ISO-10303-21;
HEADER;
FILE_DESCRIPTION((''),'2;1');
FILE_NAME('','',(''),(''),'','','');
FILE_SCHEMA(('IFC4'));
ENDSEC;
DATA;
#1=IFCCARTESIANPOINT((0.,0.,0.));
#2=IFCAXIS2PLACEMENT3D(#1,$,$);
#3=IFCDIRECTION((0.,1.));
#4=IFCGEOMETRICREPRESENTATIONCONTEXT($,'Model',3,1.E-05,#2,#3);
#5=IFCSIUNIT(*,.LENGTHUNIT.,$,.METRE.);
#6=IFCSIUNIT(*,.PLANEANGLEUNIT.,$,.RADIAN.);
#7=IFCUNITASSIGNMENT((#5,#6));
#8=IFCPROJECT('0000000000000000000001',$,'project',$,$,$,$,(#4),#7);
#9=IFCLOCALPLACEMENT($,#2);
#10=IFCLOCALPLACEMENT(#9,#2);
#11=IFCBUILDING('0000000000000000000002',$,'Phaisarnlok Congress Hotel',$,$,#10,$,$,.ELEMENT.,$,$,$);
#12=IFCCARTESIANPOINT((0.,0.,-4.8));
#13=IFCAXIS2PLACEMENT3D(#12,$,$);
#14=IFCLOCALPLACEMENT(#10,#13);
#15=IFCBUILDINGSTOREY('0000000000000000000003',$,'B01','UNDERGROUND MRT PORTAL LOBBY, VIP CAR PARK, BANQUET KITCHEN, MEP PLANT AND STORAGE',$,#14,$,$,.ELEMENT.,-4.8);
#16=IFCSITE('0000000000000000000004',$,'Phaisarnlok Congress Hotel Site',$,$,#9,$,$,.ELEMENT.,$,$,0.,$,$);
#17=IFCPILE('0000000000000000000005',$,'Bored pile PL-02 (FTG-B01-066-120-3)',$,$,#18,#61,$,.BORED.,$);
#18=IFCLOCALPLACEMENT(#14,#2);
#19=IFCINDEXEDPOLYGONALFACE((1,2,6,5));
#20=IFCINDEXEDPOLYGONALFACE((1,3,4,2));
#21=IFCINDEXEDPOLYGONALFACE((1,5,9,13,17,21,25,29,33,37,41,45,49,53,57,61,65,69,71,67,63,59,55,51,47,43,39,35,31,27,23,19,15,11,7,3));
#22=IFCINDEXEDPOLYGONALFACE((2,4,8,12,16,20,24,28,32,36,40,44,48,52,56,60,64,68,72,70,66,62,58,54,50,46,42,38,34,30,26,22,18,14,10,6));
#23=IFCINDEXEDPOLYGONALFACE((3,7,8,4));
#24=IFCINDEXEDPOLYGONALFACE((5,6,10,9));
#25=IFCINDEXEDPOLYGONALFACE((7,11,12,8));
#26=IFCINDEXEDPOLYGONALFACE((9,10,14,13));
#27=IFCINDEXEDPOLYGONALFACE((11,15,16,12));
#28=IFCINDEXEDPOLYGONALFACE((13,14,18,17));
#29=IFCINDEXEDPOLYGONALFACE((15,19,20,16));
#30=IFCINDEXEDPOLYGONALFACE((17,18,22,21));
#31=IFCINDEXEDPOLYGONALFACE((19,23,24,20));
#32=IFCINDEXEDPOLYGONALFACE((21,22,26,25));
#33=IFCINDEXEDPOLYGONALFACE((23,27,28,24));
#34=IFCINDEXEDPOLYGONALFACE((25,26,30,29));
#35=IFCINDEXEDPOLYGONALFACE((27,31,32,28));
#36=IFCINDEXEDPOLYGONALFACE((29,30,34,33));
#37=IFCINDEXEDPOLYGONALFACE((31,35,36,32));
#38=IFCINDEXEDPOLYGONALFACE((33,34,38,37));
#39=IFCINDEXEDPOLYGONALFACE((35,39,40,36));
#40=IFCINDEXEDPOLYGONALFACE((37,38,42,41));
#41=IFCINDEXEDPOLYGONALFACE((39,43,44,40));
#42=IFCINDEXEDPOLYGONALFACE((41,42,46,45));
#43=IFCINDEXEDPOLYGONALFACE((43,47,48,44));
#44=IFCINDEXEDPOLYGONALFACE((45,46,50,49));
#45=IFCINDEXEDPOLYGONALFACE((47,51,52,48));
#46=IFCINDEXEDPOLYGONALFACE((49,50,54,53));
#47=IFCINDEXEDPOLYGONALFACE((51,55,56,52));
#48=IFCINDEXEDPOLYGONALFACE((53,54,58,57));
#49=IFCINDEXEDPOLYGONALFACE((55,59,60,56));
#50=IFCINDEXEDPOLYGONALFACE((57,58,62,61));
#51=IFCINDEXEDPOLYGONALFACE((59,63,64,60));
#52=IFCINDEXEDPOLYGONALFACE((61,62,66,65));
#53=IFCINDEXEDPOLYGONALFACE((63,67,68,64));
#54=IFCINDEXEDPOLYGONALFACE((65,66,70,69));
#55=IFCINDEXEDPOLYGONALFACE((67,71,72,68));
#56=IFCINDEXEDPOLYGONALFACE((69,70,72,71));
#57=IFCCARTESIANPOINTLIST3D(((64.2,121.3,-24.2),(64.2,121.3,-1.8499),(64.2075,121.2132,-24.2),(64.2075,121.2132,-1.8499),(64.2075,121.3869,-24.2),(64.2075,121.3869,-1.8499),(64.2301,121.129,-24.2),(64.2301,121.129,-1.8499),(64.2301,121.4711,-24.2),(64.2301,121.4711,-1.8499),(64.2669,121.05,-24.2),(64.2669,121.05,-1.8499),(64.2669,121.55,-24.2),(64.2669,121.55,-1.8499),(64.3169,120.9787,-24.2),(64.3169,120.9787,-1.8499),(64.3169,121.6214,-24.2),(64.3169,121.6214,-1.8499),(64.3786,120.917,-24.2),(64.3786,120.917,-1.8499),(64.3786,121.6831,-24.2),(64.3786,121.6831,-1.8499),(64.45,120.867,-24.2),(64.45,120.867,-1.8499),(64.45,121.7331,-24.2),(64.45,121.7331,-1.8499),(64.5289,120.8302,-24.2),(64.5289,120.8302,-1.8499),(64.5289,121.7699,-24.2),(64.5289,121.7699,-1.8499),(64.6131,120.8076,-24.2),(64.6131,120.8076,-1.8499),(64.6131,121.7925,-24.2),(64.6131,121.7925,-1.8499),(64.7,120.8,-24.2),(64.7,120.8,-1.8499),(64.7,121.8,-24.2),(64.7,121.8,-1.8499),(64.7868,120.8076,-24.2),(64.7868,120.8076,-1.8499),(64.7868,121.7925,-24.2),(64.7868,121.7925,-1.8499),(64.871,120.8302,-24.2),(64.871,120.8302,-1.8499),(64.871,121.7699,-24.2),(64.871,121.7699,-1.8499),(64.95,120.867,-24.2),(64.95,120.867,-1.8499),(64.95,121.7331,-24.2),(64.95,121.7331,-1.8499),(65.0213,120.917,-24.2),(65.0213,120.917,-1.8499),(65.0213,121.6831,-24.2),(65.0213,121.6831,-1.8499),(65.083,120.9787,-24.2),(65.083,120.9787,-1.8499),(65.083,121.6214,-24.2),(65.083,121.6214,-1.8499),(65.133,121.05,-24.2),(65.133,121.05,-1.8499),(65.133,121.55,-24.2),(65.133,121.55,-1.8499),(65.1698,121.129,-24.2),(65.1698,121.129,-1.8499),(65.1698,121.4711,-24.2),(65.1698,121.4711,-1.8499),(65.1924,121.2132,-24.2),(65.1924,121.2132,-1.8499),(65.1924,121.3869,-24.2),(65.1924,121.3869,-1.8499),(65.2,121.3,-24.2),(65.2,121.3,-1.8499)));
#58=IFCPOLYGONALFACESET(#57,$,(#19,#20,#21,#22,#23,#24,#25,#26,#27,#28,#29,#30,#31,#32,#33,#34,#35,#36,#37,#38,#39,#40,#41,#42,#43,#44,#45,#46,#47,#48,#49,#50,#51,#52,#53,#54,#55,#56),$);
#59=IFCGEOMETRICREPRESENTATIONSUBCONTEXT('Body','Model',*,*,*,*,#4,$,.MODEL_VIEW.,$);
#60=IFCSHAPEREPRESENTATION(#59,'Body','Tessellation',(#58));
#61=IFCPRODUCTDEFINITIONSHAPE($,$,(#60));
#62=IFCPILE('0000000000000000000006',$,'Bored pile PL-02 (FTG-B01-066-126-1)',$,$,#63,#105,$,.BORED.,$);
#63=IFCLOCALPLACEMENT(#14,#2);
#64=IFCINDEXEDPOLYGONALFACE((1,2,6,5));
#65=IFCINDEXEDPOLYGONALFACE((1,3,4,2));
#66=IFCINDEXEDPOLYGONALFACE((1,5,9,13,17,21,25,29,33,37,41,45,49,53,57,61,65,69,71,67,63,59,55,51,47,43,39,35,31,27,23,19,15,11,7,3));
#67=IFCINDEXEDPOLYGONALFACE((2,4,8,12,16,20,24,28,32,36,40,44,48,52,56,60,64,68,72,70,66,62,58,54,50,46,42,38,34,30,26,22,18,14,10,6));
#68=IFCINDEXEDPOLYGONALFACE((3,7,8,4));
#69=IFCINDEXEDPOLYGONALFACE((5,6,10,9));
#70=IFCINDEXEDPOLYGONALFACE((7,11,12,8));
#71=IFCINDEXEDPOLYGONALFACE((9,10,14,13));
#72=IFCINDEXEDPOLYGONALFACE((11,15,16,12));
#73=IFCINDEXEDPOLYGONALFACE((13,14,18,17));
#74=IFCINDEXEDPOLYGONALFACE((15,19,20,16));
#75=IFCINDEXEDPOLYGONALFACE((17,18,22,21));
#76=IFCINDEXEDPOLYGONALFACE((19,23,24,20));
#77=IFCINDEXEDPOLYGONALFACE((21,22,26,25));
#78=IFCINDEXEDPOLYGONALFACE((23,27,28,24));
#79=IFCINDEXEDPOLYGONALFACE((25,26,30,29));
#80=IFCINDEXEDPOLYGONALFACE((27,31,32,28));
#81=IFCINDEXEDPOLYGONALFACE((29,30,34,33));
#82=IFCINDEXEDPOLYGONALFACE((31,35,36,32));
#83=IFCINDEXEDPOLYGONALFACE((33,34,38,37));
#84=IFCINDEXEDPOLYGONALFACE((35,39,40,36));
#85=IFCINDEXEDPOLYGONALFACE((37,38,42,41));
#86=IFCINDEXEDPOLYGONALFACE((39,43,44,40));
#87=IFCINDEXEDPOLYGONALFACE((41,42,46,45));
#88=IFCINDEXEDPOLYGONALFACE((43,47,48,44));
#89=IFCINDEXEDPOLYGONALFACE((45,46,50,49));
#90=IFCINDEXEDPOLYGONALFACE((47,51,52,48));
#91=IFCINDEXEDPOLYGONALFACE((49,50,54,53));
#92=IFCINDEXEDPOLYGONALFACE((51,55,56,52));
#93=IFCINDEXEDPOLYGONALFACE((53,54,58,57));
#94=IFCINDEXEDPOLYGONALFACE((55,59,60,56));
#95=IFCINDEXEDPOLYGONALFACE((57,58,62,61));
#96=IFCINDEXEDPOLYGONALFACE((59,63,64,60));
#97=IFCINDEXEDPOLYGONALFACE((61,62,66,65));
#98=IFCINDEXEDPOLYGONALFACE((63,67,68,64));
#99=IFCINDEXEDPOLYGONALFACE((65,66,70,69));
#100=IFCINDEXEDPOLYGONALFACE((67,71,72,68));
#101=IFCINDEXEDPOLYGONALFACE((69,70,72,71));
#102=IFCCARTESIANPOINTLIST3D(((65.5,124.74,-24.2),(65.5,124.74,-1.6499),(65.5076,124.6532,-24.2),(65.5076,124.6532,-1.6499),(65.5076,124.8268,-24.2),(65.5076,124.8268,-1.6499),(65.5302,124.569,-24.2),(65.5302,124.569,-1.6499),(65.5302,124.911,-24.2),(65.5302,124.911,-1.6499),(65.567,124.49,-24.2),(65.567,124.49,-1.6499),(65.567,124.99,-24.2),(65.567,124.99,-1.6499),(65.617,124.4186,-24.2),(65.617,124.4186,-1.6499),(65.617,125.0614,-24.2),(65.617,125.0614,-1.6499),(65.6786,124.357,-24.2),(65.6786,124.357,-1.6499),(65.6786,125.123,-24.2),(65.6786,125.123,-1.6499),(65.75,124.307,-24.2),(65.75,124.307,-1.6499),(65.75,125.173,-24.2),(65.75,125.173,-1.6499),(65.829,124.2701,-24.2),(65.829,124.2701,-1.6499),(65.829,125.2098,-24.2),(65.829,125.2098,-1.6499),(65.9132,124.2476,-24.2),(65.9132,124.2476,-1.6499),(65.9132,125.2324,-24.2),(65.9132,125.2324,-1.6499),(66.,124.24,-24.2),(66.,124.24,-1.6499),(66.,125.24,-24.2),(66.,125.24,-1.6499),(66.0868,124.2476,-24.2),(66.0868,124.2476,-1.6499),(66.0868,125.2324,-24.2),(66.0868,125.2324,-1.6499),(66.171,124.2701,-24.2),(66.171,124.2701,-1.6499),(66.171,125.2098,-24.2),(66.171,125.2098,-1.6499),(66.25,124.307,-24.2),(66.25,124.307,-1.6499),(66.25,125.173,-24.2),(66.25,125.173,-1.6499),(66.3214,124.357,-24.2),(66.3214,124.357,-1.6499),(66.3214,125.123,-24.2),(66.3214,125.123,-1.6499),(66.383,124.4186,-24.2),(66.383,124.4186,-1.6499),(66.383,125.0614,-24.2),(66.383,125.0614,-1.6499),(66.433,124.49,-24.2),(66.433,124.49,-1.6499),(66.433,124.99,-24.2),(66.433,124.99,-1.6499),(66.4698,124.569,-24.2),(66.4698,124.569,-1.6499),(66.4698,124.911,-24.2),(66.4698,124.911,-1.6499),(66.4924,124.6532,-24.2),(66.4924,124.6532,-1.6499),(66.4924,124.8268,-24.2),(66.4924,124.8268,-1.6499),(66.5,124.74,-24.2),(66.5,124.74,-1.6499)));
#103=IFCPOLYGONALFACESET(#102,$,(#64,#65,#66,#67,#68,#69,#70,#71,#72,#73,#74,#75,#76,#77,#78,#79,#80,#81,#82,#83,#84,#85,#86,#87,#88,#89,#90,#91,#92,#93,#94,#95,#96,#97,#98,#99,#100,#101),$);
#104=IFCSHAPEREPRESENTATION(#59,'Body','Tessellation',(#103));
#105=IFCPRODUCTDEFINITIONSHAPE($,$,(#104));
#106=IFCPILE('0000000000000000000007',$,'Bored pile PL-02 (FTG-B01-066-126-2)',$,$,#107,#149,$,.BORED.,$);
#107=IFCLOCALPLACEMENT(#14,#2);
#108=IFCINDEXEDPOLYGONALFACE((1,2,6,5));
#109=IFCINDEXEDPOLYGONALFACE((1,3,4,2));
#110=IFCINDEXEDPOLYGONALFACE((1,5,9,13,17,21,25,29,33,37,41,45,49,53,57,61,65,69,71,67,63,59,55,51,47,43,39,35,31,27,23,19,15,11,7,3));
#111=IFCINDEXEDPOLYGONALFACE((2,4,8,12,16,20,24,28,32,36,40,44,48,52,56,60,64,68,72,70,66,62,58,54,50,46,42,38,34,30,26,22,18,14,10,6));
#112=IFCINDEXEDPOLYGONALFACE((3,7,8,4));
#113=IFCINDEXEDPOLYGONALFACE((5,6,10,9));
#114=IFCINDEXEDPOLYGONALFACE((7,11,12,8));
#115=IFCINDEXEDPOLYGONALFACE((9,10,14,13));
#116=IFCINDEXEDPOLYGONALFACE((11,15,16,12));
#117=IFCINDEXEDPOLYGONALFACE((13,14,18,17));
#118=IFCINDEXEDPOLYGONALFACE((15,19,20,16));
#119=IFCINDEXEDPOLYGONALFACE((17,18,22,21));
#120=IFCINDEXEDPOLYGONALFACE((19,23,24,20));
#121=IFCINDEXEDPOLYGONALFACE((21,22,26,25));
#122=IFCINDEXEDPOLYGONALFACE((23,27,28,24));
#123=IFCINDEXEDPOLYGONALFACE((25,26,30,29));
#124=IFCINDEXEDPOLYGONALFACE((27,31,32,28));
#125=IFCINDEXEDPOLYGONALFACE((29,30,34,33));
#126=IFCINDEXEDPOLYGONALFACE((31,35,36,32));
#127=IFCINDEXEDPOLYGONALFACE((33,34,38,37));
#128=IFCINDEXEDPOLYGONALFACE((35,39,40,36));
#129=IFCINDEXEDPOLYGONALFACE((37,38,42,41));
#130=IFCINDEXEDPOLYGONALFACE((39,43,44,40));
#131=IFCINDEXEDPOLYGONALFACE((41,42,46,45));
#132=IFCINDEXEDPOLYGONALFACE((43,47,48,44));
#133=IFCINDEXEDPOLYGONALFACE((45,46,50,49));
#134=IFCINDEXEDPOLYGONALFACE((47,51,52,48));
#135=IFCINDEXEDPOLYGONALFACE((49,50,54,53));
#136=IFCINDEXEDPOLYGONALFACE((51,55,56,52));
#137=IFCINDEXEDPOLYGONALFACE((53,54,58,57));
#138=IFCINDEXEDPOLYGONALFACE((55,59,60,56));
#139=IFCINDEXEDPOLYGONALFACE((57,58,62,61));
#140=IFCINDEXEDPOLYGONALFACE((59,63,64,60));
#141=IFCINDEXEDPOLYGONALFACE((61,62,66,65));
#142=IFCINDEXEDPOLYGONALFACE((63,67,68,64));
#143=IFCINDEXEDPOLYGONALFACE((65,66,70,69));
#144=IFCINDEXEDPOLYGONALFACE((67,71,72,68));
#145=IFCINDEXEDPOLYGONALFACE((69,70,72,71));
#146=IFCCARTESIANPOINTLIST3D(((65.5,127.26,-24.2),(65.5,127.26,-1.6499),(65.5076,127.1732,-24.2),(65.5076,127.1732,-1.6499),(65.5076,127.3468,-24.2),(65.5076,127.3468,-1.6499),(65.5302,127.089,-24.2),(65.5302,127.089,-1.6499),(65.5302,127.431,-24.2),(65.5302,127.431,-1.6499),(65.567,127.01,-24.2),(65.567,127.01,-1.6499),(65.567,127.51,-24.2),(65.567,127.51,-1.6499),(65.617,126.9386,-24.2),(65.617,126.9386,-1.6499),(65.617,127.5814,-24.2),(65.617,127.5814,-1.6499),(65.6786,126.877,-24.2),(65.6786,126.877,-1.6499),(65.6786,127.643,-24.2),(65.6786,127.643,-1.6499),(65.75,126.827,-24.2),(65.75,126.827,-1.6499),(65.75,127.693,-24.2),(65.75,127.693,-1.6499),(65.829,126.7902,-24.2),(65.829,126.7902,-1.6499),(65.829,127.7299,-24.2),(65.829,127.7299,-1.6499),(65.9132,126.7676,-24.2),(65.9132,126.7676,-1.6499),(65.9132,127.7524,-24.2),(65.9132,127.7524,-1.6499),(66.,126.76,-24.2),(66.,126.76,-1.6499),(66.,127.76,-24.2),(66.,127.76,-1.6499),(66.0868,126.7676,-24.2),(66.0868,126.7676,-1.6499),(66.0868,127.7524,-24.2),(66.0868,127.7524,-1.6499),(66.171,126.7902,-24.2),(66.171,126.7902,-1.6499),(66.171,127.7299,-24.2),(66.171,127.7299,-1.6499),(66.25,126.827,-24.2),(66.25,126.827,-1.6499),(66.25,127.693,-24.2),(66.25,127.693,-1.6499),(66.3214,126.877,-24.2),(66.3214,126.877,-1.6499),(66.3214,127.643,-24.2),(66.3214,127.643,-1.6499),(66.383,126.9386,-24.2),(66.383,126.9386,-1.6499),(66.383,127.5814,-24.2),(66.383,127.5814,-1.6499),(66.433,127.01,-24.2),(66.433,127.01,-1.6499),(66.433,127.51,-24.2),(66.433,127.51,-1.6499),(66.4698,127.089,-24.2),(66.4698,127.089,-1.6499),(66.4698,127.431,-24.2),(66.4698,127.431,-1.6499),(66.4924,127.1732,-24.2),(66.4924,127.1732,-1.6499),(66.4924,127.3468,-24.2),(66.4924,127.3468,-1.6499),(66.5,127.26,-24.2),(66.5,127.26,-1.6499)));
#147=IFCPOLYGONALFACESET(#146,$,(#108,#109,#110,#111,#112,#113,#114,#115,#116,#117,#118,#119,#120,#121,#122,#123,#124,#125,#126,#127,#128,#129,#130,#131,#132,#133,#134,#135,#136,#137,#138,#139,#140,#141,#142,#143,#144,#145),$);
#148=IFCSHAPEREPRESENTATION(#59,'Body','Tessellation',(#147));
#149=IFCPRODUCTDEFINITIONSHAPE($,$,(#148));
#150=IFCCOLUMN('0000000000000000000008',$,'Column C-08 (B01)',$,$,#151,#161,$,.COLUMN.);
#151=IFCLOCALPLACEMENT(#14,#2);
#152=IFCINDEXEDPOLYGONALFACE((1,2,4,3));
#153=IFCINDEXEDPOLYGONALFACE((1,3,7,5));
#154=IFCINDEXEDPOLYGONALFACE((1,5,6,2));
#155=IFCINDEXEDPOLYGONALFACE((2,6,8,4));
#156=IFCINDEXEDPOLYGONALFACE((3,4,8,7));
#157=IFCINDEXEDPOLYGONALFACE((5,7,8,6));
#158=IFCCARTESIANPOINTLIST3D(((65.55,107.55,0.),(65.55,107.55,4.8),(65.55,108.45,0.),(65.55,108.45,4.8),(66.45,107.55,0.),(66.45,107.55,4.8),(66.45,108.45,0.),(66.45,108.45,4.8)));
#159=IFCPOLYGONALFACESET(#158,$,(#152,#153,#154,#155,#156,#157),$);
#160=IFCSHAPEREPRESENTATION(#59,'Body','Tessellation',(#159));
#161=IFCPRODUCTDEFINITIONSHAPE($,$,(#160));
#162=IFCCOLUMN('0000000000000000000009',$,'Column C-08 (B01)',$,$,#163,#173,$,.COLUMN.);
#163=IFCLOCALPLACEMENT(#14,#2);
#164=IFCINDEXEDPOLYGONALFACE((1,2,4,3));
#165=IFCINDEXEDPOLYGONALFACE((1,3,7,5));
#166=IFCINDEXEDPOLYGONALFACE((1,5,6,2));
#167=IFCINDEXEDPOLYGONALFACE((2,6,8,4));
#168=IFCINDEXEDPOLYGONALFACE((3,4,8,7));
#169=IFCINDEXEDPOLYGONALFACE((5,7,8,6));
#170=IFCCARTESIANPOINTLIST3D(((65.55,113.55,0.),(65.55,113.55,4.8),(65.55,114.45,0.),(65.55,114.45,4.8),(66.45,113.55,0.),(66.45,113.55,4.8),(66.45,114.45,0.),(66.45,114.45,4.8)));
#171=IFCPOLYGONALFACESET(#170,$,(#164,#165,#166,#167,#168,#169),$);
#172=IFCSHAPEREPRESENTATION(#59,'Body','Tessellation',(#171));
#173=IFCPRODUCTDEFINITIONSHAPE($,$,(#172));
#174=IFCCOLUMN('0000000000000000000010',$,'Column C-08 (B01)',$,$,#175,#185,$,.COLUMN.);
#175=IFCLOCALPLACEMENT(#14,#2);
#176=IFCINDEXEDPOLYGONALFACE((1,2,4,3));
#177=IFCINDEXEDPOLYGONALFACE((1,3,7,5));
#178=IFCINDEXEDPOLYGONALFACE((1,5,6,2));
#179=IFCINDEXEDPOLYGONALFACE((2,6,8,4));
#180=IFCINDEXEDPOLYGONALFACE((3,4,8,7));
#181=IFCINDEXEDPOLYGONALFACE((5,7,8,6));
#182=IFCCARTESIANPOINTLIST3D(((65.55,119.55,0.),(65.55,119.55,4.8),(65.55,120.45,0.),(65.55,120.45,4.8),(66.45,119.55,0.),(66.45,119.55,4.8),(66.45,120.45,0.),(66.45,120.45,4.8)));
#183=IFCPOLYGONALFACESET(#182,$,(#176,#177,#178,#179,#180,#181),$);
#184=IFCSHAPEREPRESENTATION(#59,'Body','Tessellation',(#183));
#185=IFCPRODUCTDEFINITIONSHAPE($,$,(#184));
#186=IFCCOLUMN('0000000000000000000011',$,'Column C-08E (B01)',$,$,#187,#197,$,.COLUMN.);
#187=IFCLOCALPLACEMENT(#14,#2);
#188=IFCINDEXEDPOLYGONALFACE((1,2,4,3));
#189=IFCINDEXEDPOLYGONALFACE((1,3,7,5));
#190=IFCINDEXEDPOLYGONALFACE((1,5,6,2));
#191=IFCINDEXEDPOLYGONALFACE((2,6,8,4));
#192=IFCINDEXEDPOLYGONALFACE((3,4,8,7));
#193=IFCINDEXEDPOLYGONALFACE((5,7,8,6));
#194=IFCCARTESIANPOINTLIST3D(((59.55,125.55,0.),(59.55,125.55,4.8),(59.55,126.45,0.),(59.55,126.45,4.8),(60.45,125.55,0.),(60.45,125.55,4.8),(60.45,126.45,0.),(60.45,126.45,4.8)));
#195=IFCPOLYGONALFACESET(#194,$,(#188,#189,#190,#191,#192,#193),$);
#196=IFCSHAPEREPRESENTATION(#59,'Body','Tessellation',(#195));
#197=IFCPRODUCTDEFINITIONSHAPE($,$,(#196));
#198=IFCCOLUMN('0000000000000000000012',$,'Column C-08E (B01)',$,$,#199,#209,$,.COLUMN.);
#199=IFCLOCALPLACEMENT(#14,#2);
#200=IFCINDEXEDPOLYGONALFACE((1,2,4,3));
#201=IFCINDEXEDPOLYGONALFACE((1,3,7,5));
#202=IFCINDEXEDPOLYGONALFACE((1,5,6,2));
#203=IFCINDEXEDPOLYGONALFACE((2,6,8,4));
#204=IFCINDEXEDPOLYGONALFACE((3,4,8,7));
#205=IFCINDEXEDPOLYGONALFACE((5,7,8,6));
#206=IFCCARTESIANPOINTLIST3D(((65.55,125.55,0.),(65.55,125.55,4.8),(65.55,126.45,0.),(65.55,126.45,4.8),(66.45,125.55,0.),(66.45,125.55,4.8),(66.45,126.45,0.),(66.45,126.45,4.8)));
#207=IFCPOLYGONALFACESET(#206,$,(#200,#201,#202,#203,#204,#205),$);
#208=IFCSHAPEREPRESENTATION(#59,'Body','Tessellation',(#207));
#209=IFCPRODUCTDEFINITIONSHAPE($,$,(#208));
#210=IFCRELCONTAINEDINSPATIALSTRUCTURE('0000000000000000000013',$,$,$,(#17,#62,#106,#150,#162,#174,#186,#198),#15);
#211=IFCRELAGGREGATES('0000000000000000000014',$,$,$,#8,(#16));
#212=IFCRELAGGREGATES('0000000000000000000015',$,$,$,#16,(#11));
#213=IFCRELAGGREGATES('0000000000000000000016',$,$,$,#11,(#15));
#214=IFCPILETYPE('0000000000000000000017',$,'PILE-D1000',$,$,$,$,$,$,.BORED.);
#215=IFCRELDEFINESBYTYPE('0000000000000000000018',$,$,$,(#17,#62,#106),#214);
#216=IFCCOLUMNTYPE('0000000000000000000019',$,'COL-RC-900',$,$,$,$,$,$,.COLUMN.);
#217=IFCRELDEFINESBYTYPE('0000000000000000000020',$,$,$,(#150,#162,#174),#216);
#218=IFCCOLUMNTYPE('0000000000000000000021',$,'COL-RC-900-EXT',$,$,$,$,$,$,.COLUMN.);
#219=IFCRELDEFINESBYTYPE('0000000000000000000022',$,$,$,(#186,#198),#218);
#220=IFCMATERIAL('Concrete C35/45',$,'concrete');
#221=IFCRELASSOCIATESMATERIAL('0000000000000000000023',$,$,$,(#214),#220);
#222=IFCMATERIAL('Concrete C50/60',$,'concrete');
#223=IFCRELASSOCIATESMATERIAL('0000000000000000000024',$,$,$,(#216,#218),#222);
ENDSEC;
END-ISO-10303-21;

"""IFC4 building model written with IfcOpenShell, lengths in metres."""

from ifc_helpers import new_model, si_unit, direction, frame, origin, origin_2d, place, context, subcontext, project, spatial, rectangle, circle, extrude, material, material_profile, profile_set, type_object, element, save


model = new_model("IFC4")

# Units and contexts
model_context = context("Model", 3, precision=1e-05, world=origin(), true_north=direction((0.0, 1.0)))
body_context = subcontext(model_context, "Body", "Model", "MODEL_VIEW")
ifc_project = project(units=[si_unit("LENGTHUNIT", "METRE"), si_unit("PLANEANGLEUNIT", "RADIAN")], contexts=[model_context])

# Site, building, storey
site_placement = place(None, origin())
site = spatial("IfcSite", under=ifc_project, at=site_placement, Name="Phaisarnlok Congress Hotel Site", CompositionType="ELEMENT", RefElevation=0.0)
building_placement = place(site_placement, origin())
building = spatial("IfcBuilding", under=site, at=building_placement, Name="Phaisarnlok Congress Hotel", CompositionType="ELEMENT")
storey_placement = place(building_placement, frame((0.0, 0.0, -4.8)))
storey = spatial("IfcBuildingStorey", under=building, at=storey_placement, Name="B01", Description="UNDERGROUND MRT PORTAL LOBBY, VIP CAR PARK, BANQUET KITCHEN, MEP PLANT AND STORAGE", CompositionType="ELEMENT", Elevation=-4.8)

# Piles
ifc_material_1 = material(Name="Concrete C35/45", Category="concrete")
ifc_material_profile_1 = material_profile(ifc_material_1, circle(Radius=0.5, at=origin_2d()), Name="BORED PILE D1000")
ifc_profile_set_1 = profile_set([ifc_material_profile_1], Name="Concrete C35/45")
pile_type = type_object("IfcPileType", Name="PILE-D1000", PredefinedType="BORED", material=ifc_profile_set_1)
for number, where, z_axis, x_axis, name in (
    (1, (64.7, 121.3, -1.8499), (0.0, 0.0, -1.0), (1.0, 0.0, 0.0), "Bored pile PL-02 (FTG-B01-066-120-3)"),
):
    element("IfcPile", number, at=place(storey_placement, frame(where, z_axis=z_axis, x_axis=x_axis)), inside=storey, type_object=pile_type, Name=name, PredefinedType="BORED", context=body_context, shape_type="SweptSolid", body=[
        extrude(circle(Radius=0.5, at=origin_2d()), origin(), (0.0, 0.0, 1.0), 22.3501),
    ])
for number, where, z_axis, x_axis, name in (
    (2, (66.0, 124.74, -1.6499), (0.0, 0.0, -1.0), (1.0, 0.0, 0.0), "Bored pile PL-02 (FTG-B01-066-126-1)"),
    (3, (66.0, 127.26, -1.6499), (0.0, 0.0, -1.0), (1.0, 0.0, 0.0), "Bored pile PL-02 (FTG-B01-066-126-2)"),
):
    element("IfcPile", number, at=place(storey_placement, frame(where, z_axis=z_axis, x_axis=x_axis)), inside=storey, type_object=pile_type, Name=name, PredefinedType="BORED", context=body_context, shape_type="SweptSolid", body=[
        extrude(circle(Radius=0.5, at=origin_2d()), origin(), (0.0, 0.0, 1.0), 22.55),
    ])

# Columns
ifc_material_2 = material(Name="Concrete C50/60", Category="concrete")
ifc_material_profile_2 = material_profile(ifc_material_2, rectangle(XDim=0.8999, YDim=0.8999, at=origin_2d()), Name="RC 900x900")
ifc_profile_set_2 = profile_set([ifc_material_profile_2], Name="Concrete C50/60")
column_type_1 = type_object("IfcColumnType", Name="COL-RC-900", PredefinedType="COLUMN", material=ifc_profile_set_2)
for number, where, z_axis, x_axis, name in (
    (4, (66.0, 108.0, 0.0), (0.0, 0.0, 1.0), (1.0, 0.0, 0.0), "Column C-08 (B01)"),
    (5, (66.0, 114.0, 0.0), (0.0, 0.0, 1.0), (1.0, 0.0, 0.0), "Column C-08 (B01)"),
    (6, (66.0, 120.0, 0.0), (0.0, 0.0, 1.0), (1.0, 0.0, 0.0), "Column C-08 (B01)"),
):
    element("IfcColumn", number, at=place(storey_placement, frame(where, z_axis=z_axis, x_axis=x_axis)), inside=storey, type_object=column_type_1, Name=name, PredefinedType="COLUMN", context=body_context, shape_type="SweptSolid", body=[
        extrude(rectangle(XDim=0.8999, YDim=0.8999, at=origin_2d()), origin(), (0.0, 0.0, 1.0), 4.8),
    ])
ifc_material_profile_3 = material_profile(ifc_material_2, rectangle(XDim=0.8999, YDim=0.8999, at=origin_2d()), Name="RC 900x900")
ifc_profile_set_3 = profile_set([ifc_material_profile_3], Name="Concrete C50/60")
column_type_2 = type_object("IfcColumnType", Name="COL-RC-900-EXT", PredefinedType="COLUMN", material=ifc_profile_set_3)
for number, where, z_axis, x_axis, name in (
    (7, (60.0, 126.0, 0.0), (0.0, 0.0, 1.0), (1.0, 0.0, 0.0), "Column C-08E (B01)"),
    (8, (66.0, 126.0, 0.0), (0.0, 0.0, 1.0), (1.0, 0.0, 0.0), "Column C-08E (B01)"),
):
    element("IfcColumn", number, at=place(storey_placement, frame(where, z_axis=z_axis, x_axis=x_axis)), inside=storey, type_object=column_type_2, Name=name, PredefinedType="COLUMN", context=body_context, shape_type="SweptSolid", body=[
        extrude(rectangle(XDim=0.8999, YDim=0.8999, at=origin_2d()), origin(), (0.0, 0.0, 1.0), 4.8),
    ])

save(model, "model.ifc")
